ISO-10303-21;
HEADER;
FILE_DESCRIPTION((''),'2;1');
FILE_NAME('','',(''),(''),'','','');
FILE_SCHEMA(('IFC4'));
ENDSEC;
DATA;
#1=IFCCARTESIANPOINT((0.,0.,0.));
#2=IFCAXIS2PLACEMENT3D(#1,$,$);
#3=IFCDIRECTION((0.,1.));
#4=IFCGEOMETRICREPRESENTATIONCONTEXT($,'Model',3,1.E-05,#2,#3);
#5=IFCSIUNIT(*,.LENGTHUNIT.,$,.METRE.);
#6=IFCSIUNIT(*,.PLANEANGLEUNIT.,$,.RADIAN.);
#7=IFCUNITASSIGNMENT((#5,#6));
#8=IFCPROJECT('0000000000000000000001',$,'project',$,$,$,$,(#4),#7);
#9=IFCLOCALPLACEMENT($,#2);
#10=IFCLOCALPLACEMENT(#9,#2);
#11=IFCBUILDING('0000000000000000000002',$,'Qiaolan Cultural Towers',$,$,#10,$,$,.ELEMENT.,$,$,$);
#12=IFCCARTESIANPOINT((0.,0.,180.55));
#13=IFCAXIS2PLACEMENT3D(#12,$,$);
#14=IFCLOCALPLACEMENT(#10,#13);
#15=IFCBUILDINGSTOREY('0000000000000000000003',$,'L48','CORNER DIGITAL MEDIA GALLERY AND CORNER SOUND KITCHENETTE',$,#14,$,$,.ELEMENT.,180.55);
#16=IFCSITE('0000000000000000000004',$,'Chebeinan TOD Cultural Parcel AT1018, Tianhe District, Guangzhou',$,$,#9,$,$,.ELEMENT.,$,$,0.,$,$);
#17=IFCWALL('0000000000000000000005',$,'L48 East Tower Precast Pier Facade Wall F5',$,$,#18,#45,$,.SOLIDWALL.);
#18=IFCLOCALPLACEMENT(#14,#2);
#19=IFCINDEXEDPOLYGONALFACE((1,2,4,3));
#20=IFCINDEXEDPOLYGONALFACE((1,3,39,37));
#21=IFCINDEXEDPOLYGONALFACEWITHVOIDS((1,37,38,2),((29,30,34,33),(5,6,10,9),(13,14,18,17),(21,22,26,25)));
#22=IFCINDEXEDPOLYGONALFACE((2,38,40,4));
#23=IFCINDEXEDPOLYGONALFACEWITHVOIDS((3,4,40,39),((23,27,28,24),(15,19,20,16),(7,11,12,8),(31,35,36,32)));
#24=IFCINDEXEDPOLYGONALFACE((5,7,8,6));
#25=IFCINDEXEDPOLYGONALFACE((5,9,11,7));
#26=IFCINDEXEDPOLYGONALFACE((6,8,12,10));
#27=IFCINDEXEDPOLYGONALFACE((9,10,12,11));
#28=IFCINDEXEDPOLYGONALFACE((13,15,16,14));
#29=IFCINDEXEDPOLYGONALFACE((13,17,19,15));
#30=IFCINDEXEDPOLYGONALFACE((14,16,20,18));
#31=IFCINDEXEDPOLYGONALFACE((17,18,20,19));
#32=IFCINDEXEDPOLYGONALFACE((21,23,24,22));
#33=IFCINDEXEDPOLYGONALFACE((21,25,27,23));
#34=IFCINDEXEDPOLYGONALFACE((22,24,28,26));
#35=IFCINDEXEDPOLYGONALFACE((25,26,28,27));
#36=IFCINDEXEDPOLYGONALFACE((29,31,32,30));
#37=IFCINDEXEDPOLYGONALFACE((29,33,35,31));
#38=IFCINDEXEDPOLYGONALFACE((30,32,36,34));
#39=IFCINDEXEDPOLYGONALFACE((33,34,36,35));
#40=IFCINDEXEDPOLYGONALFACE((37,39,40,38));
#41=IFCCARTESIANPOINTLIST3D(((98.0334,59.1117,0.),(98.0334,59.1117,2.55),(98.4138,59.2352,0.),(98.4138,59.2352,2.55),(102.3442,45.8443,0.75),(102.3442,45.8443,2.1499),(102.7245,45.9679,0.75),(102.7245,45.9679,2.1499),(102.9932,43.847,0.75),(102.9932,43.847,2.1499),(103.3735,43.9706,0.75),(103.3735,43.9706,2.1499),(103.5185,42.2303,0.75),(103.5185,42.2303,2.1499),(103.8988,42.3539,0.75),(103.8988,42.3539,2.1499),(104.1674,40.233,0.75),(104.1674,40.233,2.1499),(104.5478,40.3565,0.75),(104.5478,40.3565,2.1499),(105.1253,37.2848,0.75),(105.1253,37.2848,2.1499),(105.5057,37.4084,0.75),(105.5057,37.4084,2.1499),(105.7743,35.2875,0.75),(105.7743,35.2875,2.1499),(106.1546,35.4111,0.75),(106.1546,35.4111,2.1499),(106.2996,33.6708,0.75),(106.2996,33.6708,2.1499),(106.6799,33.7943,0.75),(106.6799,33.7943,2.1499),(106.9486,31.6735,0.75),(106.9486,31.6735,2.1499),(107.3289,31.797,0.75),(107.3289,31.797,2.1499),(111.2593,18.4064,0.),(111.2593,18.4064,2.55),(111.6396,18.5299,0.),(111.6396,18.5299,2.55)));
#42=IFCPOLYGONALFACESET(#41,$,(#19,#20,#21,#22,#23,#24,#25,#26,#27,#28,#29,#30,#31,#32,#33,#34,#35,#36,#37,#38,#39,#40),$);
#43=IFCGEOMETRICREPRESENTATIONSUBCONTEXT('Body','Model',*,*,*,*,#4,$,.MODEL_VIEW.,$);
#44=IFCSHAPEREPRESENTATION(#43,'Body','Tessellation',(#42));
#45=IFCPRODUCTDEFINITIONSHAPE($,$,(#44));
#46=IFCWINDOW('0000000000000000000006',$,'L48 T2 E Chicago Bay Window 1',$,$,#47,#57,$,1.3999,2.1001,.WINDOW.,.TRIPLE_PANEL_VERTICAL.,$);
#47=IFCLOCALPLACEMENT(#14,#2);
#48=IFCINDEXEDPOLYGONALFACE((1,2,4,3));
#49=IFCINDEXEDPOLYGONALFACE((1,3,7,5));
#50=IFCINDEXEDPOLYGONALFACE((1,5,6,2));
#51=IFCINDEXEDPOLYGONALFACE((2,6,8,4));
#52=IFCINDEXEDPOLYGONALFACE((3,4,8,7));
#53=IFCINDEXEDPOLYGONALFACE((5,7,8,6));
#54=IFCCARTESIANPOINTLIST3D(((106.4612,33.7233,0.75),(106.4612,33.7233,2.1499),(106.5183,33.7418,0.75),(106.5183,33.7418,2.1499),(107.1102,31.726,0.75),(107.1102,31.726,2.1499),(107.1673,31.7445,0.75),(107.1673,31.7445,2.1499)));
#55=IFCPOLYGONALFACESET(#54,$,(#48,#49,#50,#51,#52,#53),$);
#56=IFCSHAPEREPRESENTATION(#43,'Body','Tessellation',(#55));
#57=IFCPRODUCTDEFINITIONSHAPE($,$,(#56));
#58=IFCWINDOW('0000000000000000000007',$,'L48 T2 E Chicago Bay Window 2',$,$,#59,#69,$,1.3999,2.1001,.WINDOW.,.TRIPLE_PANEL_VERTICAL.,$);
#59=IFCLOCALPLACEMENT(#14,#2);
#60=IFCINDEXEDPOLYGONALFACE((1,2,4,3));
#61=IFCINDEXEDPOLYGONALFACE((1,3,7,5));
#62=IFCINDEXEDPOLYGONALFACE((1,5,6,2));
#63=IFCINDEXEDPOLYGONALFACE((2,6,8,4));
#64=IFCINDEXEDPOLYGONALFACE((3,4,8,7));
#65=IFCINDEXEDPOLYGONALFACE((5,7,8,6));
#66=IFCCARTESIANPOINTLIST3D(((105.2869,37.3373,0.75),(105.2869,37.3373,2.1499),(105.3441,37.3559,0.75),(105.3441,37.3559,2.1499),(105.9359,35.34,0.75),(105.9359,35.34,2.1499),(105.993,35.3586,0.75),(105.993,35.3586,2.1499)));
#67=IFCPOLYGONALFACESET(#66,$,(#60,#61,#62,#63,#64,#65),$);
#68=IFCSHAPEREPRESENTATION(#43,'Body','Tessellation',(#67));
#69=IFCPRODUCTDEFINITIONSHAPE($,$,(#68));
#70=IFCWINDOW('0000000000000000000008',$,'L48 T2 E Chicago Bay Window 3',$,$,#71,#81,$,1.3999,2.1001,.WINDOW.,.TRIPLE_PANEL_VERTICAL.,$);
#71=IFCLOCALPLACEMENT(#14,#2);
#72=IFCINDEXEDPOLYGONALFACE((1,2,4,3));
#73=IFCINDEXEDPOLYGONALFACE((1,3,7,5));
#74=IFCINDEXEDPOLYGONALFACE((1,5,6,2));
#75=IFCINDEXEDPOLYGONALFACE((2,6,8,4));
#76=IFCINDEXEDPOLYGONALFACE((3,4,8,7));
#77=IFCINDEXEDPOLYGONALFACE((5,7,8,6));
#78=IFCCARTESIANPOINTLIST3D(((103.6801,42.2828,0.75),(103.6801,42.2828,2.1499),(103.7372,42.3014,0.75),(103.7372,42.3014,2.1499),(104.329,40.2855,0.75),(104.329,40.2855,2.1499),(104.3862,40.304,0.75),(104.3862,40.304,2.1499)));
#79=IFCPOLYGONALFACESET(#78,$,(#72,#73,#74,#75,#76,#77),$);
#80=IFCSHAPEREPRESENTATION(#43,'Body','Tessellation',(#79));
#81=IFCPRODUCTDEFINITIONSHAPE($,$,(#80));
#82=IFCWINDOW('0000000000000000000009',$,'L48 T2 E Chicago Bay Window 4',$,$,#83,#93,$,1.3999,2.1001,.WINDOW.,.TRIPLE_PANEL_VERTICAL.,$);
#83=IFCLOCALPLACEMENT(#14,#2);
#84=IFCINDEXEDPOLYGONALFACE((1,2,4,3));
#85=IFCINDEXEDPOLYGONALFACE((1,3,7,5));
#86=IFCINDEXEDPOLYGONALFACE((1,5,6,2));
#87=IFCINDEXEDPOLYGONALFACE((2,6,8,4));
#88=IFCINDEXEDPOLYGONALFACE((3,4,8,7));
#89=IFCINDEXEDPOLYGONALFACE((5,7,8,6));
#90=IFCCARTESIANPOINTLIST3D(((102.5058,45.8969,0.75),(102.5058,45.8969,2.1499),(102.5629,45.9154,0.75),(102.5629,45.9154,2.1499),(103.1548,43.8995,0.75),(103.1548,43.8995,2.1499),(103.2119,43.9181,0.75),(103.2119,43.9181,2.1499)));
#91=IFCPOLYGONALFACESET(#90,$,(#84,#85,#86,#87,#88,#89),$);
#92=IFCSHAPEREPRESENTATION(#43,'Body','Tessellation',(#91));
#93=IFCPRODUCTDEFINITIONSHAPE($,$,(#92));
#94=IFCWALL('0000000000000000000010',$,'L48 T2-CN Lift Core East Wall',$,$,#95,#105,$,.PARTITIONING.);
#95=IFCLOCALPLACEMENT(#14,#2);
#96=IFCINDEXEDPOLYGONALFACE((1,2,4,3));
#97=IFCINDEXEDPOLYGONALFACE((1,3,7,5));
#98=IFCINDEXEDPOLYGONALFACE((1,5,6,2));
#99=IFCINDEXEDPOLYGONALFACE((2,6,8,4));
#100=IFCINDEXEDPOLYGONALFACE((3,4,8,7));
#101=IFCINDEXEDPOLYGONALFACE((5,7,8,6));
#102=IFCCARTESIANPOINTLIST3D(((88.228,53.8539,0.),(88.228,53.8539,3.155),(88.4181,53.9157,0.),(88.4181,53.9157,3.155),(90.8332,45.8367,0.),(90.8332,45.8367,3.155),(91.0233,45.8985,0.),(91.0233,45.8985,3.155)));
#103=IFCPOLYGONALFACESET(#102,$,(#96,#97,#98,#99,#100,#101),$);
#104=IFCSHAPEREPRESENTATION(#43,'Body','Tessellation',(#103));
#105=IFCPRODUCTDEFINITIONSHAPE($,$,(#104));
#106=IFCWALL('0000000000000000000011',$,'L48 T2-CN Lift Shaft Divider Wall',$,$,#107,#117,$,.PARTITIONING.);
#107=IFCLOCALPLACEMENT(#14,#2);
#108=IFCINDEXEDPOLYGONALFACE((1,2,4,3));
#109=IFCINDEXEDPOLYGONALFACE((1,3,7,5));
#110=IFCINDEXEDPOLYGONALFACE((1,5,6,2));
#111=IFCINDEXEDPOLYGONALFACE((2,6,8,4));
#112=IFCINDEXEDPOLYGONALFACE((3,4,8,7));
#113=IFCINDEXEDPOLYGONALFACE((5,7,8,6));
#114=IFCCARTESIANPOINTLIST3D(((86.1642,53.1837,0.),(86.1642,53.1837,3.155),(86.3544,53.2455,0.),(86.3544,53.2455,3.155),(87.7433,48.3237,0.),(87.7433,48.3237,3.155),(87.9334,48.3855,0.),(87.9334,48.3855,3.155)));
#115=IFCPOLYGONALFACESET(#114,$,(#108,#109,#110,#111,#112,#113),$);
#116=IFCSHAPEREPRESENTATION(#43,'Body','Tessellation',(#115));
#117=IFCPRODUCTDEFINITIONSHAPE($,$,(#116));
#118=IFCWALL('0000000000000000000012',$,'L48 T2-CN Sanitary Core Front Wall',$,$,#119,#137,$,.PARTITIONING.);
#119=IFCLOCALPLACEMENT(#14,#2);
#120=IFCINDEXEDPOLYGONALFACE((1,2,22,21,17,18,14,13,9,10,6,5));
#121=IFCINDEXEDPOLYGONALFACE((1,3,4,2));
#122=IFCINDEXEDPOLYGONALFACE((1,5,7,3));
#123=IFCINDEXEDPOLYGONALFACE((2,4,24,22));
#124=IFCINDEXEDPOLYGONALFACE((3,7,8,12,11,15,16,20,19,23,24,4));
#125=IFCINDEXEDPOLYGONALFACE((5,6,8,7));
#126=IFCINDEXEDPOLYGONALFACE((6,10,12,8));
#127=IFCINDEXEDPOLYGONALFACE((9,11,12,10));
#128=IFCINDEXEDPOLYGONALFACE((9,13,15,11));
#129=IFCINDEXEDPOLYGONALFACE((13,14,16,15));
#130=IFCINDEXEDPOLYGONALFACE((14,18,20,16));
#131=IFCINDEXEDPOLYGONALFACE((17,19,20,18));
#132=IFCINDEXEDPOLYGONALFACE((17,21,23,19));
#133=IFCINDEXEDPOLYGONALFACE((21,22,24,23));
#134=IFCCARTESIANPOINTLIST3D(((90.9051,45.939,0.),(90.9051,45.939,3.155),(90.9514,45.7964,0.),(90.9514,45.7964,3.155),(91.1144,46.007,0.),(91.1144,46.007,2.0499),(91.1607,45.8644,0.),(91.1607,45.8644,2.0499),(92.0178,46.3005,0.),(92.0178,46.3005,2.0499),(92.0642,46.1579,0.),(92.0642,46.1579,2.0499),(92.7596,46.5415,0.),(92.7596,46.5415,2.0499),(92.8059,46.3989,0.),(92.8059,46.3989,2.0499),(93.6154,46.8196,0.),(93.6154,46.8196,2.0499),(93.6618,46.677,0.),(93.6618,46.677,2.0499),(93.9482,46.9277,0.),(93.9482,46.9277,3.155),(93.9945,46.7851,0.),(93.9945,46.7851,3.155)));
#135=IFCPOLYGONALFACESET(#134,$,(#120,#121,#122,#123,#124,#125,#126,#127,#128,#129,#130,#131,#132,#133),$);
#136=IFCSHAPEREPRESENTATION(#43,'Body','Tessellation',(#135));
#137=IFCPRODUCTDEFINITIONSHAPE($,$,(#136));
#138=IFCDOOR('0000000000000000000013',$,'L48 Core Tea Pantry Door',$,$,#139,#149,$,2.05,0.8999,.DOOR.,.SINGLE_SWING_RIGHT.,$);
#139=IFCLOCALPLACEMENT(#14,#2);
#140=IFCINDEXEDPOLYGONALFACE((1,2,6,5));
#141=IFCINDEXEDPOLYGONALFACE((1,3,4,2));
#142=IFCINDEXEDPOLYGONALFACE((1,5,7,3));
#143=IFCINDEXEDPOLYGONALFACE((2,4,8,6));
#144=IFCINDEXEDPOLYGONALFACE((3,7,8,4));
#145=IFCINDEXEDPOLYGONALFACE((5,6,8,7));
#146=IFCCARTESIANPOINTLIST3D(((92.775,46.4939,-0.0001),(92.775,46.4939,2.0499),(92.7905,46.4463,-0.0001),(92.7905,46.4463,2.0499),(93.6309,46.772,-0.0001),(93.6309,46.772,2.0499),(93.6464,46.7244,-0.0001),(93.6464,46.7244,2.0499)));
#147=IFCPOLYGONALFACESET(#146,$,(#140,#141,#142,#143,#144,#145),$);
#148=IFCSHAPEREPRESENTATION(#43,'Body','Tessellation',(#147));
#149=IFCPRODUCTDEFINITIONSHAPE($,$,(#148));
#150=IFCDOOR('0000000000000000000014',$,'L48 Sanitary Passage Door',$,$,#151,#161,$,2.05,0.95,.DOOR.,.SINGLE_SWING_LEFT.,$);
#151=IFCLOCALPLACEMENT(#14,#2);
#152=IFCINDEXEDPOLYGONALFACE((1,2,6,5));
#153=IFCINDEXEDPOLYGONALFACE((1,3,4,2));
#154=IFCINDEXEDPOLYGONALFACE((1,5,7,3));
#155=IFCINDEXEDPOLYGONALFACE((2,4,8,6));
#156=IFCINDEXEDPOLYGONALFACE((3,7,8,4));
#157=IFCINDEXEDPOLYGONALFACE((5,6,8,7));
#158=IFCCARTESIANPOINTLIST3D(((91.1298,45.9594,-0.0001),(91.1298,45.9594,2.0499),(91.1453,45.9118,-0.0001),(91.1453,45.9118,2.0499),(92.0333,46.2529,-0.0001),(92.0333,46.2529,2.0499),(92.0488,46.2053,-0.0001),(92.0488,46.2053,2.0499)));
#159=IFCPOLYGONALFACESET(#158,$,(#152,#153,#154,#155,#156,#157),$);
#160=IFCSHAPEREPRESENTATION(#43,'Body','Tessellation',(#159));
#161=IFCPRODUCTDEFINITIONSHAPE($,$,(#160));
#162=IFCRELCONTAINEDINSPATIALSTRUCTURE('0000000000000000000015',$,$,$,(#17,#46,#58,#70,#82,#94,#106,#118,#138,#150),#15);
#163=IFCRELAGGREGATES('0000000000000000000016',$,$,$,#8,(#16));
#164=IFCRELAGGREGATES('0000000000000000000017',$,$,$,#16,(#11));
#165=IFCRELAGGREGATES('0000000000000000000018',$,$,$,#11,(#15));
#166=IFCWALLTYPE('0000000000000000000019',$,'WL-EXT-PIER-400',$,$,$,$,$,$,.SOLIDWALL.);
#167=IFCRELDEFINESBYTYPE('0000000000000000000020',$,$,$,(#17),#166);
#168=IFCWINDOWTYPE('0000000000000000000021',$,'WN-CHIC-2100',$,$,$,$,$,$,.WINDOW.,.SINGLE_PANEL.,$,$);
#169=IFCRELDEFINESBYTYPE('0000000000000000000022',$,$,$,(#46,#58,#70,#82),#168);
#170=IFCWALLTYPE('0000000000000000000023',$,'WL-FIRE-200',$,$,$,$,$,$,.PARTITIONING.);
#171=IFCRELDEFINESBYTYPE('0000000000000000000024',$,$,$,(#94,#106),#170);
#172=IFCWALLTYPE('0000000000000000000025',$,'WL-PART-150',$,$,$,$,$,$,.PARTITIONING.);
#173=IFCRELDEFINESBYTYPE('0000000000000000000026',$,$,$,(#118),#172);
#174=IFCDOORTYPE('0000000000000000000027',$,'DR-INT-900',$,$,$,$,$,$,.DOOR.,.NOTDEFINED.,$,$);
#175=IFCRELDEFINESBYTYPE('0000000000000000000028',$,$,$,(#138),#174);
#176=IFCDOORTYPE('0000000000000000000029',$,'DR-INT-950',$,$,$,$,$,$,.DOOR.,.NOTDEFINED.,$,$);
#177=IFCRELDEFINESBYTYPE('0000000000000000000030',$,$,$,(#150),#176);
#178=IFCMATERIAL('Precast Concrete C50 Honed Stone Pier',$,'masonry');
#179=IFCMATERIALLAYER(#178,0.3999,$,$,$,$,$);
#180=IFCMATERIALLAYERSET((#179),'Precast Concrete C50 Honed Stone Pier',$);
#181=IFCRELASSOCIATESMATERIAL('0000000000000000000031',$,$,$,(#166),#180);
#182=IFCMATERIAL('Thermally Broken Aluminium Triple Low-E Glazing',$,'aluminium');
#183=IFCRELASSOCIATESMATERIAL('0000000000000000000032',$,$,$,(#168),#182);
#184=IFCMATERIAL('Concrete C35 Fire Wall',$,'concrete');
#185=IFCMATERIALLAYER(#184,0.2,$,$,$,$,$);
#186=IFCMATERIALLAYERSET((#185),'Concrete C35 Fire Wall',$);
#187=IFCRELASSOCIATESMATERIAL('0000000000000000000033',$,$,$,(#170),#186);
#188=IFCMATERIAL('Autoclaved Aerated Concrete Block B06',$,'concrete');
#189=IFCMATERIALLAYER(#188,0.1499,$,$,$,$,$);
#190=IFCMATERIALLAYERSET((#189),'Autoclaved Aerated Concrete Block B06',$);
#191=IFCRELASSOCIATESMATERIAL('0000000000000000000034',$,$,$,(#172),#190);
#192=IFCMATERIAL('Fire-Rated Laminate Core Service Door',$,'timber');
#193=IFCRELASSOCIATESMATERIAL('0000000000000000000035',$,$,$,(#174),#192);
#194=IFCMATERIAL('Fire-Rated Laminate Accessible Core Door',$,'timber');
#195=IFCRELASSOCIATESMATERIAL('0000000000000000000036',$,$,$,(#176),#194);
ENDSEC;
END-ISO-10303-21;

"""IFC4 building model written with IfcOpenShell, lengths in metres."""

from ifc_helpers import new_model, si_unit, direction, frame, frame_2d, origin, place, context, subcontext, project, spatial, rectangle, extrude, material, layer, layer_set, type_object, element, fill, save


model = new_model("IFC4")

# Units and contexts
model_context = context("Model", 3, precision=1e-05, world=origin(), true_north=direction((0.0, 1.0)))
body_context = subcontext(model_context, "Body", "Model", "MODEL_VIEW")
ifc_project = project(units=[si_unit("LENGTHUNIT", "METRE"), si_unit("PLANEANGLEUNIT", "RADIAN")], contexts=[model_context])

# Site, building, storey
site_placement = place(None, origin())
site = spatial("IfcSite", under=ifc_project, at=site_placement, Name="Chebeinan TOD Cultural Parcel AT1018, Tianhe District, Guangzhou", CompositionType="ELEMENT", RefElevation=0.0)
building_placement = place(site_placement, origin())
building = spatial("IfcBuilding", under=site, at=building_placement, Name="Qiaolan Cultural Towers", CompositionType="ELEMENT")
storey_placement = place(building_placement, frame((0.0, 0.0, 180.55)))
storey = spatial("IfcBuildingStorey", under=building, at=storey_placement, Name="L48", Description="CORNER DIGITAL MEDIA GALLERY AND CORNER SOUND KITCHENETTE", CompositionType="ELEMENT", Elevation=180.55)

# Shared definitions
ifc_material_1 = material(Name="Precast Concrete C50 Honed Stone Pier", Category="masonry")
ifc_layer_1 = layer(ifc_material_1, 0.3999)
ifc_layer_set_1 = layer_set([ifc_layer_1], Name="Precast Concrete C50 Honed Stone Pier")
wall_type_1 = type_object("IfcWallType", Name="WL-EXT-PIER-400", PredefinedType="SOLIDWALL", material=ifc_layer_set_1)

# Wall, openings, windows
wall_1_placement = place(storey_placement, frame((98.2236, 59.1733, 0.0), z_axis=(0.0, 0.0, 1.0), x_axis=(0.309014, -0.951057, 0.0)))
wall_1 = element("IfcWall", 1, at=wall_1_placement, inside=storey, type_object=wall_type_1, Name="L48 East Tower Precast Pier Facade Wall F5", PredefinedType="SOLIDWALL", context=body_context, shape_type="SweptSolid", body=[
    extrude(rectangle(XDim=42.8, YDim=0.3999, at=frame_2d((21.3999, 0.0))), origin(), (0.0, 0.0, 1.0), 2.55),
])
opening_1_placement = place(wall_1_placement, frame((26.75, 0.0, 0.75)))
opening_1 = element("IfcOpeningElement", 2, at=opening_1_placement, cuts=wall_1, PredefinedType="OPENING", context=body_context, shape_type="SweptSolid", body=[
    extrude(rectangle(XDim=2.1001, YDim=1.3999, at=frame_2d((1.05, 0.7))), frame((0.0, 0.21, 0.0), z_axis=(0.0, -1.0, 0.0), x_axis=(1.0, 0.0, 0.0)), (0.0, 0.0, 1.0), 0.4199),
])
opening_2_placement = place(wall_1_placement, frame((22.95, 0.0, 0.75)))
opening_2 = element("IfcOpeningElement", 3, at=opening_2_placement, cuts=wall_1, PredefinedType="OPENING", context=body_context, shape_type="SweptSolid", body=[
    extrude(rectangle(XDim=2.1001, YDim=1.3999, at=frame_2d((1.05, 0.7))), frame((0.0, 0.21, 0.0), z_axis=(0.0, -1.0, 0.0), x_axis=(1.0, 0.0, 0.0)), (0.0, 0.0, 1.0), 0.4199),
])
opening_3_placement = place(wall_1_placement, frame((17.75, 0.0, 0.75)))
opening_3 = element("IfcOpeningElement", 4, at=opening_3_placement, cuts=wall_1, PredefinedType="OPENING", context=body_context, shape_type="SweptSolid", body=[
    extrude(rectangle(XDim=2.1001, YDim=1.3999, at=frame_2d((1.05, 0.7))), frame((0.0, 0.21, 0.0), z_axis=(0.0, -1.0, 0.0), x_axis=(1.0, 0.0, 0.0)), (0.0, 0.0, 1.0), 0.4199),
])
opening_4_placement = place(wall_1_placement, frame((13.95, 0.0, 0.75)))
opening_4 = element("IfcOpeningElement", 5, at=opening_4_placement, cuts=wall_1, PredefinedType="OPENING", context=body_context, shape_type="SweptSolid", body=[
    extrude(rectangle(XDim=2.1001, YDim=1.3999, at=frame_2d((1.05, 0.7))), frame((0.0, 0.21, 0.0), z_axis=(0.0, -1.0, 0.0), x_axis=(1.0, 0.0, 0.0)), (0.0, 0.0, 1.0), 0.4199),
])
ifc_material_2 = material(Name="Thermally Broken Aluminium Triple Low-E Glazing", Category="aluminium")
window_type = type_object("IfcWindowType", Name="WN-CHIC-2100", PartitioningType="SINGLE_PANEL", PredefinedType="WINDOW", material=ifc_material_2)
window_1_placement = place(opening_1_placement, origin())
window_1 = element("IfcWindow", 6, at=window_1_placement, inside=storey, type_object=window_type, Name="L48 T2 E Chicago Bay Window 1", OverallHeight=1.3999, OverallWidth=2.1001, PartitioningType="TRIPLE_PANEL_VERTICAL", PredefinedType="WINDOW", context=body_context, shape_type="SweptSolid", body=[
    extrude(rectangle(XDim=2.1001, YDim=1.3999, at=frame_2d((1.05, 0.7))), frame((0.0, 0.03, 0.0), z_axis=(0.0, -1.0, 0.0), x_axis=(1.0, 0.0, 0.0)), (0.0, 0.0, 1.0), 0.0601),
])
fill(opening_1, window_1)
window_2_placement = place(opening_2_placement, origin())
window_2 = element("IfcWindow", 7, at=window_2_placement, inside=storey, type_object=window_type, Name="L48 T2 E Chicago Bay Window 2", OverallHeight=1.3999, OverallWidth=2.1001, PartitioningType="TRIPLE_PANEL_VERTICAL", PredefinedType="WINDOW", context=body_context, shape_type="SweptSolid", body=[
    extrude(rectangle(XDim=2.1001, YDim=1.3999, at=frame_2d((1.05, 0.7))), frame((0.0, 0.03, 0.0), z_axis=(0.0, -1.0, 0.0), x_axis=(1.0, 0.0, 0.0)), (0.0, 0.0, 1.0), 0.0601),
])
fill(opening_2, window_2)
window_3_placement = place(opening_3_placement, origin())
window_3 = element("IfcWindow", 8, at=window_3_placement, inside=storey, type_object=window_type, Name="L48 T2 E Chicago Bay Window 3", OverallHeight=1.3999, OverallWidth=2.1001, PartitioningType="TRIPLE_PANEL_VERTICAL", PredefinedType="WINDOW", context=body_context, shape_type="SweptSolid", body=[
    extrude(rectangle(XDim=2.1001, YDim=1.3999, at=frame_2d((1.05, 0.7))), frame((0.0, 0.03, 0.0), z_axis=(0.0, -1.0, 0.0), x_axis=(1.0, 0.0, 0.0)), (0.0, 0.0, 1.0), 0.0601),
])
fill(opening_3, window_3)
window_4_placement = place(opening_4_placement, origin())
window_4 = element("IfcWindow", 9, at=window_4_placement, inside=storey, type_object=window_type, Name="L48 T2 E Chicago Bay Window 4", OverallHeight=1.3999, OverallWidth=2.1001, PartitioningType="TRIPLE_PANEL_VERTICAL", PredefinedType="WINDOW", context=body_context, shape_type="SweptSolid", body=[
    extrude(rectangle(XDim=2.1001, YDim=1.3999, at=frame_2d((1.05, 0.7))), frame((0.0, 0.03, 0.0), z_axis=(0.0, -1.0, 0.0), x_axis=(1.0, 0.0, 0.0)), (0.0, 0.0, 1.0), 0.0601),
])
fill(opening_4, window_4)

# Walls
ifc_material_3 = material(Name="Concrete C35 Fire Wall", Category="concrete")
ifc_layer_2 = layer(ifc_material_3, 0.2)
ifc_layer_set_2 = layer_set([ifc_layer_2], Name="Concrete C35 Fire Wall")
wall_type_2 = type_object("IfcWallType", Name="WL-FIRE-200", PredefinedType="PARTITIONING", material=ifc_layer_set_2)
wall_2_placement = place(storey_placement, frame((90.9282, 45.8677, 0.0), z_axis=(0.0, 0.0, 1.0), x_axis=(-0.309042, 0.951048, 0.0)))
element("IfcWall", 10, at=wall_2_placement, inside=storey, type_object=wall_type_2, Name="L48 T2-CN Lift Core East Wall", PredefinedType="PARTITIONING", context=body_context, shape_type="SweptSolid", body=[
    extrude(rectangle(XDim=8.4299, YDim=0.2, at=frame_2d((4.2148, 0.0))), origin(), (0.0, 0.0, 1.0), 3.155),
])
wall_3_placement = place(storey_placement, frame((87.8384, 48.3545, 0.0), z_axis=(0.0, 0.0, 1.0), x_axis=(-0.309009, 0.951059, 0.0)))
element("IfcWall", 11, at=wall_3_placement, inside=storey, type_object=wall_type_2, Name="L48 T2-CN Lift Shaft Divider Wall", PredefinedType="PARTITIONING", context=body_context, shape_type="SweptSolid", body=[
    extrude(rectangle(XDim=5.1101, YDim=0.2, at=frame_2d((2.5552, 0.0))), origin(), (0.0, 0.0, 1.0), 3.155),
])

# Wall, openings, doors
ifc_material_4 = material(Name="Autoclaved Aerated Concrete Block B06", Category="concrete")
ifc_layer_3 = layer(ifc_material_4, 0.1499)
ifc_layer_set_3 = layer_set([ifc_layer_3], Name="Autoclaved Aerated Concrete Block B06")
wall_type_3 = type_object("IfcWallType", Name="WL-PART-150", PredefinedType="PARTITIONING", material=ifc_layer_set_3)
wall_4_placement = place(storey_placement, frame((90.9282, 45.8677, 0.0), z_axis=(0.0, 0.0, 1.0), x_axis=(0.951059, 0.309008, 0.0)))
wall_4 = element("IfcWall", 12, at=wall_4_placement, inside=storey, type_object=wall_type_3, Name="L48 T2-CN Sanitary Core Front Wall", PredefinedType="PARTITIONING", context=body_context, shape_type="SweptSolid", body=[
    extrude(rectangle(XDim=3.1997, YDim=0.1499, at=frame_2d((1.5999, 0.0))), origin(), (0.0, 0.0, 1.0), 3.155),
])
opening_5_placement = place(wall_4_placement, frame((0.22, 0.0, 0.0)))
opening_5 = element("IfcOpeningElement", 13, at=opening_5_placement, cuts=wall_4, PredefinedType="OPENING", context=body_context, shape_type="SweptSolid", body=[
    extrude(rectangle(XDim=0.95, YDim=2.05, at=frame_2d((0.4751, 1.0249))), frame((0.0, 0.085, 0.0), z_axis=(0.0, -1.0, 0.0), x_axis=(1.0, 0.0, 0.0)), (0.0, 0.0, 1.0), 0.1699),
])
opening_6_placement = place(wall_4_placement, frame((1.95, 0.0, 0.0)))
opening_6 = element("IfcOpeningElement", 14, at=opening_6_placement, cuts=wall_4, PredefinedType="OPENING", context=body_context, shape_type="SweptSolid", body=[
    extrude(rectangle(XDim=0.8999, YDim=2.05, at=frame_2d((0.45, 1.0249))), frame((0.0, 0.085, 0.0), z_axis=(0.0, -1.0, 0.0), x_axis=(1.0, 0.0, 0.0)), (0.0, 0.0, 1.0), 0.1699),
])
ifc_material_5 = material(Name="Fire-Rated Laminate Core Service Door", Category="timber")
door_type_1 = type_object("IfcDoorType", Name="DR-INT-900", OperationType="NOTDEFINED", PredefinedType="DOOR", material=ifc_material_5)
door_1_placement = place(opening_6_placement, origin())
door_1 = element("IfcDoor", 15, at=door_1_placement, inside=storey, type_object=door_type_1, Name="L48 Core Tea Pantry Door", OperationType="SINGLE_SWING_RIGHT", OverallHeight=2.05, OverallWidth=0.8999, PredefinedType="DOOR", context=body_context, shape_type="SweptSolid", body=[
    extrude(rectangle(XDim=0.8999, YDim=2.05, at=frame_2d((0.45, 1.0249))), frame((0.0, 0.0249, 0.0), z_axis=(0.0, -1.0, 0.0), x_axis=(1.0, 0.0, 0.0)), (0.0, 0.0, 1.0), 0.05),
])
fill(opening_6, door_1)
ifc_material_6 = material(Name="Fire-Rated Laminate Accessible Core Door", Category="timber")
door_type_2 = type_object("IfcDoorType", Name="DR-INT-950", OperationType="NOTDEFINED", PredefinedType="DOOR", material=ifc_material_6)
door_2_placement = place(opening_5_placement, origin())
door_2 = element("IfcDoor", 16, at=door_2_placement, inside=storey, type_object=door_type_2, Name="L48 Sanitary Passage Door", OperationType="SINGLE_SWING_LEFT", OverallHeight=2.05, OverallWidth=0.95, PredefinedType="DOOR", context=body_context, shape_type="SweptSolid", body=[
    extrude(rectangle(XDim=0.95, YDim=2.05, at=frame_2d((0.4751, 1.0249))), frame((0.0, 0.0249, 0.0), z_axis=(0.0, -1.0, 0.0), x_axis=(1.0, 0.0, 0.0)), (0.0, 0.0, 1.0), 0.05),
])
fill(opening_5, door_2)

save(model, "model.ifc")
